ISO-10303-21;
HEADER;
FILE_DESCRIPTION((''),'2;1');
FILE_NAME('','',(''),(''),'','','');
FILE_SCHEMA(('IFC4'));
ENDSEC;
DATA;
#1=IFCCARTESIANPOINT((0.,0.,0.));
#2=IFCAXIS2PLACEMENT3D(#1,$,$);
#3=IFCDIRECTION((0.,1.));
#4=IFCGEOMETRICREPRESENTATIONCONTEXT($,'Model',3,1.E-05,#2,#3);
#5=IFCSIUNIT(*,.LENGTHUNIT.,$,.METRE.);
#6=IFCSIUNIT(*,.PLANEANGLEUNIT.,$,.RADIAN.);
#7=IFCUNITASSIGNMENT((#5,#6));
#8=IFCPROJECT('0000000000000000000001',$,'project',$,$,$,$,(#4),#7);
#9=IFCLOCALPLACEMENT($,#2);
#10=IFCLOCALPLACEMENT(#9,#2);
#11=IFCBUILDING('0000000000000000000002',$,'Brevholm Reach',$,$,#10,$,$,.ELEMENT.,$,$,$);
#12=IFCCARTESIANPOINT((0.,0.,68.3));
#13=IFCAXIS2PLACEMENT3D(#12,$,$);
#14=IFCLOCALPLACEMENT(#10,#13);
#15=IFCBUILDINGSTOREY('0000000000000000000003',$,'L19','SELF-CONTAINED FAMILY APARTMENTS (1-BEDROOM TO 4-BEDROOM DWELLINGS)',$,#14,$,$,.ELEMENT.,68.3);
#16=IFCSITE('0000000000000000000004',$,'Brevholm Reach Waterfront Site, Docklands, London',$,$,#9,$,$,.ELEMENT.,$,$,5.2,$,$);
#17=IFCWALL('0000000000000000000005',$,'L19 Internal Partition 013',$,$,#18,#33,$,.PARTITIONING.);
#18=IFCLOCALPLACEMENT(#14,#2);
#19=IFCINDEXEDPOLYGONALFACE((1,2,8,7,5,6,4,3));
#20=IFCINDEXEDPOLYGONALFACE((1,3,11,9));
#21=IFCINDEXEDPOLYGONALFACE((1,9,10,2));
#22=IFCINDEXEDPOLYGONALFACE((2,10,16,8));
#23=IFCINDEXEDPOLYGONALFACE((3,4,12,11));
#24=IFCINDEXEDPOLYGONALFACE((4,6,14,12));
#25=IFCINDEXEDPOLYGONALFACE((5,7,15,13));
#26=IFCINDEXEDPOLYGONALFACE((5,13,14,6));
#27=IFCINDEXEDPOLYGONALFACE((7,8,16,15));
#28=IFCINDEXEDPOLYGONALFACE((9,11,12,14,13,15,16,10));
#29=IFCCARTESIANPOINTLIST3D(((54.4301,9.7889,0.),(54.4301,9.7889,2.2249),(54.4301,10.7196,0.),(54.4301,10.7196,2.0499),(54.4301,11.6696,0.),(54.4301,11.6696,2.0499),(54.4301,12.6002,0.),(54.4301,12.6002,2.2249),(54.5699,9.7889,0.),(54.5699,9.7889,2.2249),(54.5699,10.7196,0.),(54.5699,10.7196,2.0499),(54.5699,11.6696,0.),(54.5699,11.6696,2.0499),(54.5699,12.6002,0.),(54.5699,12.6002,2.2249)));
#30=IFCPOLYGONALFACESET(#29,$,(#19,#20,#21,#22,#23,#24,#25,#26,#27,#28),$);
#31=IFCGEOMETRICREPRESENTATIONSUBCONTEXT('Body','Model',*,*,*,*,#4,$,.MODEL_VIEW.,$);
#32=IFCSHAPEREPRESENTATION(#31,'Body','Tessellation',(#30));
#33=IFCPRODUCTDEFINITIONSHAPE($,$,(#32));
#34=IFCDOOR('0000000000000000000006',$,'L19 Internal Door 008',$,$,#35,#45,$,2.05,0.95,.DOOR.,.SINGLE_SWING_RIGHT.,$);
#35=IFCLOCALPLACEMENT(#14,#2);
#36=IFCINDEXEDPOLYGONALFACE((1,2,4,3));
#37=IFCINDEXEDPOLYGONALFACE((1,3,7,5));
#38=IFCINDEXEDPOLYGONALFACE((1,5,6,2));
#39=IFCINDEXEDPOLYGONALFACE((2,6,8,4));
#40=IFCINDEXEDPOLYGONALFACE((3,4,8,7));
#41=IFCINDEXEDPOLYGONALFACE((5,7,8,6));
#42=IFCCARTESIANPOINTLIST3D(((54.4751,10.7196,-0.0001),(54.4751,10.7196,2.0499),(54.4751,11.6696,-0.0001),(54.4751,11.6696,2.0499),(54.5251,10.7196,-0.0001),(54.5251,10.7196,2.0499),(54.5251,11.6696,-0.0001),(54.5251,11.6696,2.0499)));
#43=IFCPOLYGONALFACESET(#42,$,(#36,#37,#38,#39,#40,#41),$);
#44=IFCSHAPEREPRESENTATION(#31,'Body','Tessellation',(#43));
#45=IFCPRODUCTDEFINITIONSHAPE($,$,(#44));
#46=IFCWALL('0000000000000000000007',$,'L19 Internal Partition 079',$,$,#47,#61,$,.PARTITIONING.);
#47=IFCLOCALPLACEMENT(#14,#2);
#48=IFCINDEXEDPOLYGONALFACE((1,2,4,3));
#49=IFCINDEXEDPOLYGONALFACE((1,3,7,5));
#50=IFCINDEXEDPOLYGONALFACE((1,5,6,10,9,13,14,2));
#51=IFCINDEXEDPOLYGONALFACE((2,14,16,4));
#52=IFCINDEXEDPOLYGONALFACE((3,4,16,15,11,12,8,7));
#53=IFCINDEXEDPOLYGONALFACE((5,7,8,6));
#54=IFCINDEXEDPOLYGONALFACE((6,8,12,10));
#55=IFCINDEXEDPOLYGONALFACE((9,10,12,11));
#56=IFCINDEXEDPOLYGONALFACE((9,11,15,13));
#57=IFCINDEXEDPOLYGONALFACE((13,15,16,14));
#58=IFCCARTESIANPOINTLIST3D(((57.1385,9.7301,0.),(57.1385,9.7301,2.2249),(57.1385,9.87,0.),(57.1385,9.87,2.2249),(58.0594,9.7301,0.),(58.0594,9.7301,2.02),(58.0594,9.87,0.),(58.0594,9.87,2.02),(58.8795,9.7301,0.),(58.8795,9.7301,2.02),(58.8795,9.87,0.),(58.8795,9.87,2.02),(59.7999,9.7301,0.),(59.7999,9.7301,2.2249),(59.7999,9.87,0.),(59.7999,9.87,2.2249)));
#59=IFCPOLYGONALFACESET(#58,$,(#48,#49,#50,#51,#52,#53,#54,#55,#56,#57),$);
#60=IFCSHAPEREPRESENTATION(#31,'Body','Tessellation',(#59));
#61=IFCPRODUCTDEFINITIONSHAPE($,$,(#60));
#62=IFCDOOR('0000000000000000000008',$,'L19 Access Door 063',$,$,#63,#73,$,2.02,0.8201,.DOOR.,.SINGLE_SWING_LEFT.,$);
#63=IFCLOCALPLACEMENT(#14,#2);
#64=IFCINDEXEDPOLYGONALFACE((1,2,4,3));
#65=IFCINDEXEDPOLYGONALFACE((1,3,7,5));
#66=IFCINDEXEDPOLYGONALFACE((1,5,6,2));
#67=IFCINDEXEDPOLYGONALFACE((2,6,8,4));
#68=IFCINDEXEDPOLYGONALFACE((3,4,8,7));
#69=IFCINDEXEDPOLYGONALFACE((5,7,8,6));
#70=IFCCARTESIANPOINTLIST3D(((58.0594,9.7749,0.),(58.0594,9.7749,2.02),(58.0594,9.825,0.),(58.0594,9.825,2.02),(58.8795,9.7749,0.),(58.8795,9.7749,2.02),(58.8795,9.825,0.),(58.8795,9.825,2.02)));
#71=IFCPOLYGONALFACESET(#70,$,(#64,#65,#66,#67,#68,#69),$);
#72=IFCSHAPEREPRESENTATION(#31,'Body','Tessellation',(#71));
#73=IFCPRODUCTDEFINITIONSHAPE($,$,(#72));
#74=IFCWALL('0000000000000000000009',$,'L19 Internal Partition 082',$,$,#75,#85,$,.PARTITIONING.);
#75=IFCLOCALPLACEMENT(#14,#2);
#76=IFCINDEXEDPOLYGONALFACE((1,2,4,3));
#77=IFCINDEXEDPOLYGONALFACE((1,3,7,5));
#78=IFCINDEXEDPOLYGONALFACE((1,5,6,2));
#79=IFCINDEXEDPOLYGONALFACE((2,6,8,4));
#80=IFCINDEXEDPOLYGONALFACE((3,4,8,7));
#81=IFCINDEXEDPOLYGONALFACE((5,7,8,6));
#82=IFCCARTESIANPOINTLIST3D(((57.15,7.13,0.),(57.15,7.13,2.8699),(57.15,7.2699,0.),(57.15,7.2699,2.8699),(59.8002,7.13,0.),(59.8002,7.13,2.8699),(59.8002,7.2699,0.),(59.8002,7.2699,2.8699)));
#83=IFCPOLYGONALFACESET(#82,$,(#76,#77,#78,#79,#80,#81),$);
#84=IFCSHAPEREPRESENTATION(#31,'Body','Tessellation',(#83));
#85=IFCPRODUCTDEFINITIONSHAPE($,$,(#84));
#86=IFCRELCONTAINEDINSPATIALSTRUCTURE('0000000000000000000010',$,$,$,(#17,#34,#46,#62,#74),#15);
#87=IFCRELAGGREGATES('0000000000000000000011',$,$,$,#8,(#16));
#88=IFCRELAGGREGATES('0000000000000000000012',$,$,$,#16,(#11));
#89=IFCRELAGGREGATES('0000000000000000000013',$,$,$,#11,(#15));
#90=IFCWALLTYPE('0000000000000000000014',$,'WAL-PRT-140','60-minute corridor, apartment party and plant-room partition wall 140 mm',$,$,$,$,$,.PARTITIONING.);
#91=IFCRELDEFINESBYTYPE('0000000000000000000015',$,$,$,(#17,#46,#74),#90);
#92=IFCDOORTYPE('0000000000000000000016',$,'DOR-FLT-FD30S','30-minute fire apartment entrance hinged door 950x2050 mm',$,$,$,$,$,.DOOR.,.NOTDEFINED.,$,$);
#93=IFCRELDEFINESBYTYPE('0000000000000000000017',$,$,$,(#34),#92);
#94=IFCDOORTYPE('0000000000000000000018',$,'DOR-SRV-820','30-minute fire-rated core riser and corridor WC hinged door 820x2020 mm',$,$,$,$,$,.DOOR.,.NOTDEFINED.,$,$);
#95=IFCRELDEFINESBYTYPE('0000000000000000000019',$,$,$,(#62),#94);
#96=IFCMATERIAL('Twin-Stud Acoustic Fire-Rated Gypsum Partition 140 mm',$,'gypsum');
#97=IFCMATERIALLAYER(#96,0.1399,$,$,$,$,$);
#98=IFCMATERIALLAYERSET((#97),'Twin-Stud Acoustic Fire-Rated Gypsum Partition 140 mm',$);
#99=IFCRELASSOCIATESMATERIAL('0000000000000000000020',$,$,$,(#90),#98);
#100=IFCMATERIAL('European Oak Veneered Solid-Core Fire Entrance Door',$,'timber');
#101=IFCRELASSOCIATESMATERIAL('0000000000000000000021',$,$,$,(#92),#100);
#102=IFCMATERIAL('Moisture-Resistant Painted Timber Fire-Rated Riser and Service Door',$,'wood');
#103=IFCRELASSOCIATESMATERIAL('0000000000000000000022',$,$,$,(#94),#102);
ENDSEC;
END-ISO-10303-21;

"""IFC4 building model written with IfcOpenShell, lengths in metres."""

from ifc_helpers import new_model, si_unit, direction, frame, frame_2d, origin, place, context, subcontext, project, spatial, rectangle, extrude, material, layer, layer_set, type_object, element, fill, save


model = new_model("IFC4")

# Units and contexts
model_context = context("Model", 3, precision=1e-05, world=origin(), true_north=direction((0.0, 1.0)))
body_context = subcontext(model_context, "Body", "Model", "MODEL_VIEW")
ifc_project = project(units=[si_unit("LENGTHUNIT", "METRE"), si_unit("PLANEANGLEUNIT", "RADIAN")], contexts=[model_context])

# Site, building, storey
site_placement = place(None, origin())
site = spatial("IfcSite", under=ifc_project, at=site_placement, Name="Brevholm Reach Waterfront Site, Docklands, London", CompositionType="ELEMENT", RefElevation=5.2)
building_placement = place(site_placement, origin())
building = spatial("IfcBuilding", under=site, at=building_placement, Name="Brevholm Reach", CompositionType="ELEMENT")
storey_placement = place(building_placement, frame((0.0, 0.0, 68.3)))
storey = spatial("IfcBuildingStorey", under=building, at=storey_placement, Name="L19", Description="SELF-CONTAINED FAMILY APARTMENTS (1-BEDROOM TO 4-BEDROOM DWELLINGS)", CompositionType="ELEMENT", Elevation=68.3)

# Walls, openings, doors
ifc_material_1 = material(Name="Twin-Stud Acoustic Fire-Rated Gypsum Partition 140 mm", Category="gypsum")
ifc_layer_1 = layer(ifc_material_1, 0.1399)
ifc_layer_set_1 = layer_set([ifc_layer_1], Name="Twin-Stud Acoustic Fire-Rated Gypsum Partition 140 mm")
wall_type_1 = type_object("IfcWallType", Name="WAL-PRT-140", Description="60-minute corridor, apartment party and plant-room partition wall 140 mm", PredefinedType="PARTITIONING", material=ifc_layer_set_1)
wall_1_placement = place(storey_placement, frame((54.5, 9.7888, 0.0), z_axis=(0.0, 0.0, 1.0), x_axis=(0.0, 1.0, 0.0)))
wall_1 = element("IfcWall", 1, at=wall_1_placement, inside=storey, type_object=wall_type_1, Name="L19 Internal Partition 013", PredefinedType="PARTITIONING", context=body_context, shape_type="SweptSolid", body=[
    extrude(rectangle(XDim=2.8113, YDim=0.1399, at=frame_2d((1.4058, 0.0))), origin(), (0.0, 0.0, 1.0), 2.2249),
])
opening_1_placement = place(wall_1_placement, frame((0.9307, 0.0, 0.0)))
opening_1 = element("IfcOpeningElement", 2, at=opening_1_placement, cuts=wall_1, PredefinedType="OPENING", context=body_context, shape_type="SweptSolid", body=[
    extrude(rectangle(XDim=0.95, YDim=2.05, at=frame_2d((0.4751, 1.0249))), frame((0.0, 0.0798, 0.0), z_axis=(0.0, -1.0, 0.0), x_axis=(1.0, 0.0, 0.0)), (0.0, 0.0, 1.0), 0.1599),
])
ifc_material_2 = material(Name="European Oak Veneered Solid-Core Fire Entrance Door", Category="timber")
door_type_1 = type_object("IfcDoorType", Name="DOR-FLT-FD30S", Description="30-minute fire apartment entrance hinged door 950x2050 mm", OperationType="NOTDEFINED", PredefinedType="DOOR", material=ifc_material_2)
door_1_placement = place(opening_1_placement, origin())
door_1 = element("IfcDoor", 3, at=door_1_placement, inside=storey, type_object=door_type_1, Name="L19 Internal Door 008", OperationType="SINGLE_SWING_RIGHT", OverallHeight=2.05, OverallWidth=0.95, PredefinedType="DOOR", context=body_context, shape_type="SweptSolid", body=[
    extrude(rectangle(XDim=0.95, YDim=2.05, at=frame_2d((0.4751, 1.0249))), frame((0.0, 0.0249, 0.0), z_axis=(0.0, -1.0, 0.0), x_axis=(1.0, 0.0, 0.0)), (0.0, 0.0, 1.0), 0.05),
])
fill(opening_1, door_1)
wall_2_placement = place(storey_placement, frame((57.1387, 9.8, 0.0), z_axis=(0.0, 0.0, 1.0), x_axis=(1.0, 0.0, 0.0)))
wall_2 = element("IfcWall", 4, at=wall_2_placement, inside=storey, type_object=wall_type_1, Name="L19 Internal Partition 079", PredefinedType="PARTITIONING", context=body_context, shape_type="SweptSolid", body=[
    extrude(rectangle(XDim=2.6614, YDim=0.1399, at=frame_2d((1.3306, 0.0))), origin(), (0.0, 0.0, 1.0), 2.2249),
])
opening_2_placement = place(wall_2_placement, frame((0.9207, 0.0, 0.0)))
opening_2 = element("IfcOpeningElement", 5, at=opening_2_placement, cuts=wall_2, PredefinedType="OPENING", context=body_context, shape_type="SweptSolid", body=[
    extrude(rectangle(XDim=0.8201, YDim=2.02, at=frame_2d((0.4102, 1.01))), frame((0.0, 0.0798, 0.0), z_axis=(0.0, -1.0, 0.0), x_axis=(1.0, 0.0, 0.0)), (0.0, 0.0, 1.0), 0.1599),
])
ifc_material_3 = material(Name="Moisture-Resistant Painted Timber Fire-Rated Riser and Service Door", Category="wood")
door_type_2 = type_object("IfcDoorType", Name="DOR-SRV-820", Description="30-minute fire-rated core riser and corridor WC hinged door 820x2020 mm", OperationType="NOTDEFINED", PredefinedType="DOOR", material=ifc_material_3)
door_2_placement = place(opening_2_placement, origin())
door_2 = element("IfcDoor", 6, at=door_2_placement, inside=storey, type_object=door_type_2, Name="L19 Access Door 063", OperationType="SINGLE_SWING_LEFT", OverallHeight=2.02, OverallWidth=0.8201, PredefinedType="DOOR", context=body_context, shape_type="SweptSolid", body=[
    extrude(rectangle(XDim=0.8201, YDim=2.02, at=frame_2d((0.4102, 1.01))), frame((0.0, 0.0249, 0.0), z_axis=(0.0, -1.0, 0.0), x_axis=(1.0, 0.0, 0.0)), (0.0, 0.0, 1.0), 0.05),
])
fill(opening_2, door_2)

# Wall
wall_3_placement = place(storey_placement, frame((57.1499, 7.2, 0.0), z_axis=(0.0, 0.0, 1.0), x_axis=(1.0, 0.0, 0.0)))
element("IfcWall", 7, at=wall_3_placement, inside=storey, type_object=wall_type_1, Name="L19 Internal Partition 082", PredefinedType="PARTITIONING", context=body_context, shape_type="SweptSolid", body=[
    extrude(rectangle(XDim=2.6501, YDim=0.1399, at=frame_2d((1.3252, 0.0))), origin(), (0.0, 0.0, 1.0), 2.8699),
])

save(model, "model.ifc")
